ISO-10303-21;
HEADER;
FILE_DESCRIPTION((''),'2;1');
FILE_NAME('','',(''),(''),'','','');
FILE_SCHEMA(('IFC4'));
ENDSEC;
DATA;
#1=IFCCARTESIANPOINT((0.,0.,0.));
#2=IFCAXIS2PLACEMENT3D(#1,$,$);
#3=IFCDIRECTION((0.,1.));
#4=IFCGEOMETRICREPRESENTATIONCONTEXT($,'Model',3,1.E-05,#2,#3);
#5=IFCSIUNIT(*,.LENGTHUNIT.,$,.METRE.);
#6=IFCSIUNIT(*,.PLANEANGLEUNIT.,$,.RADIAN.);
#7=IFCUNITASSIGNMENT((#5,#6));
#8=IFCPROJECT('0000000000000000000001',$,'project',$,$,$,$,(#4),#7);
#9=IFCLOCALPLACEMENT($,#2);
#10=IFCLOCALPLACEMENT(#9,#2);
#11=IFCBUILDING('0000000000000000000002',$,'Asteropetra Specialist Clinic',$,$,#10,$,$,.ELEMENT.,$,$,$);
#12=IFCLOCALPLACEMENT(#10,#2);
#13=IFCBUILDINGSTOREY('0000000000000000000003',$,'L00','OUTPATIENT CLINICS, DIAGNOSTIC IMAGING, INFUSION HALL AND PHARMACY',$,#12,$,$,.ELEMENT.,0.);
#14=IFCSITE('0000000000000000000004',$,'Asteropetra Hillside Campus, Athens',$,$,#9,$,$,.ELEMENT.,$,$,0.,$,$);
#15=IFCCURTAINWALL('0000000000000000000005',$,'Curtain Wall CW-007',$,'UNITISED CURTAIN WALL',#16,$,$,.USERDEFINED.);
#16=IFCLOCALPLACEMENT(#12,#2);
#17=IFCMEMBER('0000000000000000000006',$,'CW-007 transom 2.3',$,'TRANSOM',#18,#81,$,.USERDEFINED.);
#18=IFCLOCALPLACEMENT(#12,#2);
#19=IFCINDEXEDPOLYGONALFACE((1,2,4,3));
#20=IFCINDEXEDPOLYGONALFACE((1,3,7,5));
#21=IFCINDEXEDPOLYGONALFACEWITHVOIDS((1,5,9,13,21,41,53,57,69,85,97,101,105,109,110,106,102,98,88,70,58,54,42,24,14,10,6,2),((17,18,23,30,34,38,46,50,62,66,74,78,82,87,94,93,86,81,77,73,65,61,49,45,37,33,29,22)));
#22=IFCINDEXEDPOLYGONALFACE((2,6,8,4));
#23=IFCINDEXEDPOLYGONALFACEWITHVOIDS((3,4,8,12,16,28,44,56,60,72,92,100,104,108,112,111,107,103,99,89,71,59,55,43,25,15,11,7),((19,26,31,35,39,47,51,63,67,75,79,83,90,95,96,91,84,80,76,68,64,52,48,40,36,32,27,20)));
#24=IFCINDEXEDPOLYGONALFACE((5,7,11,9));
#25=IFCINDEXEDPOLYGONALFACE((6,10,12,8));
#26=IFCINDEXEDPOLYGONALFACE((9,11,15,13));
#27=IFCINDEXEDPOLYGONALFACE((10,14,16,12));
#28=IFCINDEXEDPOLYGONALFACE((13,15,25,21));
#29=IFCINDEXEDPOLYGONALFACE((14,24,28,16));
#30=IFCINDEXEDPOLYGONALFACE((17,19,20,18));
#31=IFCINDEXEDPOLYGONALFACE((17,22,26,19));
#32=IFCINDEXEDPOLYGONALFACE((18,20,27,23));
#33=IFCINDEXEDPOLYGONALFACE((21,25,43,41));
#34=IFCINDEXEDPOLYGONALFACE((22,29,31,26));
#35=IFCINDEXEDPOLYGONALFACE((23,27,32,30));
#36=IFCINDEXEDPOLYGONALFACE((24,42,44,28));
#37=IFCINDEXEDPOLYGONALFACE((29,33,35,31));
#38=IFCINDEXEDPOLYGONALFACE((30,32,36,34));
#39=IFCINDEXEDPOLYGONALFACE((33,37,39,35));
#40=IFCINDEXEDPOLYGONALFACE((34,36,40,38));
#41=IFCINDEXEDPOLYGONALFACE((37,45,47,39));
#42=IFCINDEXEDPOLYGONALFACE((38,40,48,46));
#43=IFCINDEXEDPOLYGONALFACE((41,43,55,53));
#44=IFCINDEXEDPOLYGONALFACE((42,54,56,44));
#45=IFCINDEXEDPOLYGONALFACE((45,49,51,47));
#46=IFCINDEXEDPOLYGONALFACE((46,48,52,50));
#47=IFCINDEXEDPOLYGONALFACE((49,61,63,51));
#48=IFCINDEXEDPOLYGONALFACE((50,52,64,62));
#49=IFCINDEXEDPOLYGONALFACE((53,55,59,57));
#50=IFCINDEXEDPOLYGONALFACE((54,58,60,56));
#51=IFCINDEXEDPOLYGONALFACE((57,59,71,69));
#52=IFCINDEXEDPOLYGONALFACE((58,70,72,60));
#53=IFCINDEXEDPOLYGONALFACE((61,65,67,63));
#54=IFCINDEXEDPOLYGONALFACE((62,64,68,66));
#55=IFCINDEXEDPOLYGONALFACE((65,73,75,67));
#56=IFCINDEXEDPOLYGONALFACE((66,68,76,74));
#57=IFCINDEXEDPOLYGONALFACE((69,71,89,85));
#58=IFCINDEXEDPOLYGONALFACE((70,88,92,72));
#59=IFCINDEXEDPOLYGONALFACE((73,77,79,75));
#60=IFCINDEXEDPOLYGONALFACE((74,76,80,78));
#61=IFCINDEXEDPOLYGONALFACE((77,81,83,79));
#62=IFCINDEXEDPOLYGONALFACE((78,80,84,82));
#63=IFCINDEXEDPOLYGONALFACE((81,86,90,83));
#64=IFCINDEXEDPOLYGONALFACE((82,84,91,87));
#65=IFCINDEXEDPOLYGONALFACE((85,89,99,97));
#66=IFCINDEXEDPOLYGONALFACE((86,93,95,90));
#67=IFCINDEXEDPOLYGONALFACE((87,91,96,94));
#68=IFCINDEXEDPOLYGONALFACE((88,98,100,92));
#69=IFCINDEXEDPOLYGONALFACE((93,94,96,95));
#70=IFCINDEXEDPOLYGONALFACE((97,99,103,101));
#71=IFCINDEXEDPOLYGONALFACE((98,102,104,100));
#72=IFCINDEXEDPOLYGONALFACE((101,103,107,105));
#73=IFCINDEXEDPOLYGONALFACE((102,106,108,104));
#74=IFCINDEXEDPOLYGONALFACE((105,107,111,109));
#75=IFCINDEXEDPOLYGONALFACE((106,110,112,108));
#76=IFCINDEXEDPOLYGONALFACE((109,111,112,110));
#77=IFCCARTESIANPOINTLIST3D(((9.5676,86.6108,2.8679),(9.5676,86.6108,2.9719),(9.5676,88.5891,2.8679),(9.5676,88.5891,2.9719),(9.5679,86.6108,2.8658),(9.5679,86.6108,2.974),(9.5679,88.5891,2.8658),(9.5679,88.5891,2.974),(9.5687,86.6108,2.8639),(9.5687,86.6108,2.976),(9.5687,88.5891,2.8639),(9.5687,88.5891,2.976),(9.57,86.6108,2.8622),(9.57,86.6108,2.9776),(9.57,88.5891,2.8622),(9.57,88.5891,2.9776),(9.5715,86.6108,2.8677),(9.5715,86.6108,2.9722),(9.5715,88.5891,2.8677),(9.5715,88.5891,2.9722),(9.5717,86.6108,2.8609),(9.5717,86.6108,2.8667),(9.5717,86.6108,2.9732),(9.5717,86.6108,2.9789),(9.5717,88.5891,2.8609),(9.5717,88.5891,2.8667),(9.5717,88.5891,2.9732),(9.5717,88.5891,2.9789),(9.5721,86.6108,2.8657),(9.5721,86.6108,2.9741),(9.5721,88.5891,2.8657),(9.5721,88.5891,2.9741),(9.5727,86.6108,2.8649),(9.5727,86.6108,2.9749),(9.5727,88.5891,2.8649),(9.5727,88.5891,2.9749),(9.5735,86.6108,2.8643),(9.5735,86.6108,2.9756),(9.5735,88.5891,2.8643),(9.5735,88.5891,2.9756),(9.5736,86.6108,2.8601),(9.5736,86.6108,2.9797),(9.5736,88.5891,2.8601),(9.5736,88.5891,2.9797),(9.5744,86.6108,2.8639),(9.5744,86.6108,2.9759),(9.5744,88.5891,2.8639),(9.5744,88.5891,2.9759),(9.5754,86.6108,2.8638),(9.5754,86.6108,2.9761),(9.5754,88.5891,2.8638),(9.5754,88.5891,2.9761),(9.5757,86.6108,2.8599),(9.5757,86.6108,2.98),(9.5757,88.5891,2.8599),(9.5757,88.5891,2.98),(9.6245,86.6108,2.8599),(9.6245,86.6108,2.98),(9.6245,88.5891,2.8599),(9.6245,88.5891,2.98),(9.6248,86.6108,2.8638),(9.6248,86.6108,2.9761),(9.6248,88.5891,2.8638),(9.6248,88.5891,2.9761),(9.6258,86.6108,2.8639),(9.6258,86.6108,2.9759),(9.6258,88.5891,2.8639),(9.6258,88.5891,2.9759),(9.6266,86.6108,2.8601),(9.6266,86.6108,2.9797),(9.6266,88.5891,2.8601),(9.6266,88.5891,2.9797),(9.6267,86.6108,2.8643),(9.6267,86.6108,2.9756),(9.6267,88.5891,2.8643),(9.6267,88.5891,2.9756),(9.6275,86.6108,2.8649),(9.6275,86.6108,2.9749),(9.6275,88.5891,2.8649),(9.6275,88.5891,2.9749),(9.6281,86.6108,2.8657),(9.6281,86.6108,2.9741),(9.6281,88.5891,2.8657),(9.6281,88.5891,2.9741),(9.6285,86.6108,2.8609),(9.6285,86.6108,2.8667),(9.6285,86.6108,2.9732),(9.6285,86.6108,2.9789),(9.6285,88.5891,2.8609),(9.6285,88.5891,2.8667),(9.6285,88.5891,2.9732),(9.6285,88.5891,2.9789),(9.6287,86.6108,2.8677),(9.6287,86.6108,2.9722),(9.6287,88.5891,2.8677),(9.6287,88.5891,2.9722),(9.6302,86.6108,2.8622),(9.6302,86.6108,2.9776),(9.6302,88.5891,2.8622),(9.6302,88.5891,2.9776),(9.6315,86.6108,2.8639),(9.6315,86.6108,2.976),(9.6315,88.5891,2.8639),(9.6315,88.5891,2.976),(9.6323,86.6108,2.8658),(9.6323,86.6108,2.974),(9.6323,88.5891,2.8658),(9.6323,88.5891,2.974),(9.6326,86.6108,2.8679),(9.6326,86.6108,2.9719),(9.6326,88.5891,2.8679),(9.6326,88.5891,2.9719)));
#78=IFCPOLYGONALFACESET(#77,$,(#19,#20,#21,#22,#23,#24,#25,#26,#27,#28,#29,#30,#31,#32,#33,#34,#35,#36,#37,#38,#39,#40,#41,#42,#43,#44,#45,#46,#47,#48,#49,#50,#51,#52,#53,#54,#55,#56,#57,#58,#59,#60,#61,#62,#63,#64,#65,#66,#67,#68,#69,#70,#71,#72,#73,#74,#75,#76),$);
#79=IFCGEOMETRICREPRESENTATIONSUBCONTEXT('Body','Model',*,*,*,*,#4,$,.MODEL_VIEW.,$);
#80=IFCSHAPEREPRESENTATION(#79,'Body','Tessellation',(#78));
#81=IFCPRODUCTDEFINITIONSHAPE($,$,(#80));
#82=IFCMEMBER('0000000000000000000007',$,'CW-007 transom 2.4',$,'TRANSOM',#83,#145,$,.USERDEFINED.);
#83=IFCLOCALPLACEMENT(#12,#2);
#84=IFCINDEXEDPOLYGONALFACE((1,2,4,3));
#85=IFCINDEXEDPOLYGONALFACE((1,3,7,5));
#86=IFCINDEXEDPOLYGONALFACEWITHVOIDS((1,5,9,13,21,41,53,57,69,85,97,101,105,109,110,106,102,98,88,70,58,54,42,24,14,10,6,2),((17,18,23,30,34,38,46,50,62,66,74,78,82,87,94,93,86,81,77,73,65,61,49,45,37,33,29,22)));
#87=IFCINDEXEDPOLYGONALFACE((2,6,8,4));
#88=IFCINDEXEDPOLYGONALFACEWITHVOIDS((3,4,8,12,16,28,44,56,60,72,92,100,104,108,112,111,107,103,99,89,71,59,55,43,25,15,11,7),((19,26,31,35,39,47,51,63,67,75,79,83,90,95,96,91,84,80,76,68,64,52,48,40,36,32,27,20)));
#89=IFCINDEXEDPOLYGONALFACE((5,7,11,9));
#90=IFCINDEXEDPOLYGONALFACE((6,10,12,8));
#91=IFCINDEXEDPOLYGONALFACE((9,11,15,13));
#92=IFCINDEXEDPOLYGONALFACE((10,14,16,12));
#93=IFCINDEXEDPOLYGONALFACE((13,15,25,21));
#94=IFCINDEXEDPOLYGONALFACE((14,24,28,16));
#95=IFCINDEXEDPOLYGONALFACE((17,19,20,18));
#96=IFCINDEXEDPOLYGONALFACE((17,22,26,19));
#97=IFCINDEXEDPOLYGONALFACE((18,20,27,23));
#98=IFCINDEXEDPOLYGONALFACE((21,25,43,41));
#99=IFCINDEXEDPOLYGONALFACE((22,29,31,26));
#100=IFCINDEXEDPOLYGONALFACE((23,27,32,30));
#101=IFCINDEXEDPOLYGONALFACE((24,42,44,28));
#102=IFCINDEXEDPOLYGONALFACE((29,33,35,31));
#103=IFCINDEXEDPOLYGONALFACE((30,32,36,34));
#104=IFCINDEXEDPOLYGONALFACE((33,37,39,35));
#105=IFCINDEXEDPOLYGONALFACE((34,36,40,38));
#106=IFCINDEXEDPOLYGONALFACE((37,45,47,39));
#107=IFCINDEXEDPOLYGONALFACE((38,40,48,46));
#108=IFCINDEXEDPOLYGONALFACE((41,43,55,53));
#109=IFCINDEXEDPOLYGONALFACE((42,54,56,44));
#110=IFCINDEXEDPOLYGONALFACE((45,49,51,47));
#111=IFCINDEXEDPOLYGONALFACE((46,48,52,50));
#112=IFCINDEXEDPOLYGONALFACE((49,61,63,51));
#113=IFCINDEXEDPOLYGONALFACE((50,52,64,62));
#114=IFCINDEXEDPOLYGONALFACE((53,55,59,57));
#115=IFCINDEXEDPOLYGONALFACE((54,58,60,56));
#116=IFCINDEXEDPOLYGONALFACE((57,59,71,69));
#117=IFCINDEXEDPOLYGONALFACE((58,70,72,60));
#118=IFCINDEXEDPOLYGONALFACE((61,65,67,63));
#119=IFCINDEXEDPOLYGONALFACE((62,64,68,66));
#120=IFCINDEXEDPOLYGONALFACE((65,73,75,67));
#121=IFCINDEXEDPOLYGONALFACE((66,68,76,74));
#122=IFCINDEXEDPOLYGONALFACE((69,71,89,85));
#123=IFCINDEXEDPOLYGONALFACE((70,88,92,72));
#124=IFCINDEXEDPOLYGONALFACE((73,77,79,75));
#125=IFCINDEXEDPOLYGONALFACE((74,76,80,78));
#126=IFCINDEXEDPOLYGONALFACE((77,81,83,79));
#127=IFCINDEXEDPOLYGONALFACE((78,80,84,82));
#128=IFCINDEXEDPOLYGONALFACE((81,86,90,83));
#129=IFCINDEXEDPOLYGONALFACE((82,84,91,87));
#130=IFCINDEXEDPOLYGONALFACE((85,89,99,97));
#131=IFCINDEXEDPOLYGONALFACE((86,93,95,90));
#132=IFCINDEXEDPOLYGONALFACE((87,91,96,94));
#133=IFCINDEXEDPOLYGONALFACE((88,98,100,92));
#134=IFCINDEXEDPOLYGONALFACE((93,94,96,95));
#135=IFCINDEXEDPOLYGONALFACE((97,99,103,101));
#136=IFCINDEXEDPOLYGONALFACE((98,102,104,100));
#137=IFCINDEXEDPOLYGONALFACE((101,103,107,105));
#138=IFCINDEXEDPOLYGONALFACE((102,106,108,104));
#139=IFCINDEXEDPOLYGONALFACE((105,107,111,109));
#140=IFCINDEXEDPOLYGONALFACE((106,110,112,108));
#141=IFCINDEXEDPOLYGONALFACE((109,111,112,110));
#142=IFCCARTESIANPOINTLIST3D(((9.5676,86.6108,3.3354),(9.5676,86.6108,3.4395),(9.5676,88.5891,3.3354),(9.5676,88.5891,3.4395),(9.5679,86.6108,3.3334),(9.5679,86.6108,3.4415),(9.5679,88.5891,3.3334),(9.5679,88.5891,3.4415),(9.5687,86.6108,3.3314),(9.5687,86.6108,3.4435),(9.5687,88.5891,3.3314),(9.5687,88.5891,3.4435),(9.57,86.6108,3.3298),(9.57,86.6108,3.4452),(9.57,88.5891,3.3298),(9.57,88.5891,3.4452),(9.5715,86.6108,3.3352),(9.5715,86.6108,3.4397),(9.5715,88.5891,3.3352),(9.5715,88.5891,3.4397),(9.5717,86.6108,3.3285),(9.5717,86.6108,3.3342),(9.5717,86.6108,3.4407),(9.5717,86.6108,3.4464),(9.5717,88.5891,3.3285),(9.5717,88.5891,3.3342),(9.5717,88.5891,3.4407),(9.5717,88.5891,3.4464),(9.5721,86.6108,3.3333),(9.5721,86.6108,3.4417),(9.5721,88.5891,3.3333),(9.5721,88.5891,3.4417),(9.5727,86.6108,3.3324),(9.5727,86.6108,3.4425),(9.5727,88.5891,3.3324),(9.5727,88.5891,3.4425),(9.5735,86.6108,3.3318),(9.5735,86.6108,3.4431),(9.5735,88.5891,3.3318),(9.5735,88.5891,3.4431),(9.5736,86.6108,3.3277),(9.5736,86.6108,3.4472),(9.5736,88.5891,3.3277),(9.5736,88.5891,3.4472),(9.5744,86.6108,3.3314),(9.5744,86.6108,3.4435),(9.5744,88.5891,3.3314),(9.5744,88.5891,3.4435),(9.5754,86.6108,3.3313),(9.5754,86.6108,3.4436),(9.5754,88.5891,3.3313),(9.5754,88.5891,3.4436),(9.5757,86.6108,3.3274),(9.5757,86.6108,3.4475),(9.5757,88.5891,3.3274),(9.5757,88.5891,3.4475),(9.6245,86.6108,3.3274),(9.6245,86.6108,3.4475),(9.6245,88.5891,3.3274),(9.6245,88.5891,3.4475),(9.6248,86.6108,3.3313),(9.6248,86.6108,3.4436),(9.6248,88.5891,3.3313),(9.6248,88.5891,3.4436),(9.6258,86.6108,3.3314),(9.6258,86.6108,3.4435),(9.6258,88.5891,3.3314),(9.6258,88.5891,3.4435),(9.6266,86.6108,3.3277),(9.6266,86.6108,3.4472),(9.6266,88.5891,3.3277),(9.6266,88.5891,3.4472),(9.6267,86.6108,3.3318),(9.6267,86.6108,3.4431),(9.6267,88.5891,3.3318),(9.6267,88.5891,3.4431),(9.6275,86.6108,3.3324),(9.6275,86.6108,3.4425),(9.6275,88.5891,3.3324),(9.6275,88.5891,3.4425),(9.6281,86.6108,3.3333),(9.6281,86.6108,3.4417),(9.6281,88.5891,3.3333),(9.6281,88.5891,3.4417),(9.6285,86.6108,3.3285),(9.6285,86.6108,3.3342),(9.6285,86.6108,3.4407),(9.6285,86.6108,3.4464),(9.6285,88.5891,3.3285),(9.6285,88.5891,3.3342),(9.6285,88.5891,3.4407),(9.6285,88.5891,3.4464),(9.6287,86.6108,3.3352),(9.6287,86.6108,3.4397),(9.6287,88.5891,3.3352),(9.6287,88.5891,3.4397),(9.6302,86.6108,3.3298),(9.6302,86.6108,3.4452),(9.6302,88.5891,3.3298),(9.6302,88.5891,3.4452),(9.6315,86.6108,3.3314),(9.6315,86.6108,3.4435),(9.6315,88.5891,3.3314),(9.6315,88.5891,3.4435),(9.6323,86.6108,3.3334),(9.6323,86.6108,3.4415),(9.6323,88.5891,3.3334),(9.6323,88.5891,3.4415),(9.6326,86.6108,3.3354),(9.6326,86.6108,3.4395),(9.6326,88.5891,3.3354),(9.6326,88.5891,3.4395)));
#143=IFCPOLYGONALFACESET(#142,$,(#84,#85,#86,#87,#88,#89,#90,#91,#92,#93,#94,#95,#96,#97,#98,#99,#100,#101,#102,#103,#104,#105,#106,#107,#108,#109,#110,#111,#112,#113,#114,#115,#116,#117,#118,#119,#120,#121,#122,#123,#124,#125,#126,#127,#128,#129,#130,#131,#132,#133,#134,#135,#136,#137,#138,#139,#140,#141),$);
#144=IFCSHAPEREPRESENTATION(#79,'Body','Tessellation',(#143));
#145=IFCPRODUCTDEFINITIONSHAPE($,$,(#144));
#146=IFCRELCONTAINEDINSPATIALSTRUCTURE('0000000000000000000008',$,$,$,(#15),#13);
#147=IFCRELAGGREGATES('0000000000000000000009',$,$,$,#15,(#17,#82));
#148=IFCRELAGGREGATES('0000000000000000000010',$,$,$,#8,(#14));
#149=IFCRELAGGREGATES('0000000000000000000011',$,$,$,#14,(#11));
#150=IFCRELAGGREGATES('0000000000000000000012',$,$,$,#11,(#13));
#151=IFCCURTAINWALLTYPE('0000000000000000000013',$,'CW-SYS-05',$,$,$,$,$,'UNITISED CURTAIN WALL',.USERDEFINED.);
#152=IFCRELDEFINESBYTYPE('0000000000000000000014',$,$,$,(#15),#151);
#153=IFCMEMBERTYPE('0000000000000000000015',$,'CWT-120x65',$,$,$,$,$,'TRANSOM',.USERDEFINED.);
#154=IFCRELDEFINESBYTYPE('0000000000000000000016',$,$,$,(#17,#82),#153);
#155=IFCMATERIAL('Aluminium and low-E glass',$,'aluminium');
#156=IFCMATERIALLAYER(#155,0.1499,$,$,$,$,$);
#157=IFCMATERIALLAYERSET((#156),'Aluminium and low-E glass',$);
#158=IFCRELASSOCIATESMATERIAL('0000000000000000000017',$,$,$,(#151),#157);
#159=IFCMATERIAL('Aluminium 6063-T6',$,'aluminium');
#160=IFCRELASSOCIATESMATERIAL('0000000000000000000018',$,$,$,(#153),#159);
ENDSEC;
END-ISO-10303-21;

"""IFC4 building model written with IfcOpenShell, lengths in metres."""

from ifc_helpers import new_model, si_unit, direction, frame, origin, origin_2d, place, context, subcontext, project, spatial, hollow_rectangle, extrude, material, layer, layer_set, material_profile, profile_set, type_object, element, aggregate, save


model = new_model("IFC4")

# Units and contexts
model_context = context("Model", 3, precision=1e-05, world=origin(), true_north=direction((0.0, 1.0)))
body_context = subcontext(model_context, "Body", "Model", "MODEL_VIEW")
ifc_project = project(units=[si_unit("LENGTHUNIT", "METRE"), si_unit("PLANEANGLEUNIT", "RADIAN")], contexts=[model_context])

# Site, building, storey
site_placement = place(None, origin())
site = spatial("IfcSite", under=ifc_project, at=site_placement, Name="Asteropetra Hillside Campus, Athens", CompositionType="ELEMENT", RefElevation=0.0)
building_placement = place(site_placement, origin())
building = spatial("IfcBuilding", under=site, at=building_placement, Name="Asteropetra Specialist Clinic", CompositionType="ELEMENT")
storey_placement = place(building_placement, origin())
storey = spatial("IfcBuildingStorey", under=building, at=storey_placement, Name="L00", Description="OUTPATIENT CLINICS, DIAGNOSTIC IMAGING, INFUSION HALL AND PHARMACY", CompositionType="ELEMENT", Elevation=0.0)

# Curtain wall, members
ifc_material_1 = material(Name="Aluminium and low-E glass", Category="aluminium")
ifc_layer_1 = layer(ifc_material_1, 0.1499)
ifc_layer_set_1 = layer_set([ifc_layer_1], Name="Aluminium and low-E glass")
curtain_wall_type = type_object("IfcCurtainWallType", Name="CW-SYS-05", ElementType="UNITISED CURTAIN WALL", PredefinedType="USERDEFINED", material=ifc_layer_set_1)
curtain_wall_placement = place(storey_placement, origin())
curtain_wall = element("IfcCurtainWall", 1, at=curtain_wall_placement, inside=storey, type_object=curtain_wall_type, Name="Curtain Wall CW-007", ObjectType="UNITISED CURTAIN WALL", PredefinedType="USERDEFINED")
ifc_material_2 = material(Name="Aluminium 6063-T6", Category="aluminium")
ifc_material_profile_1 = material_profile(ifc_material_2, hollow_rectangle(XDim=0.0649, YDim=0.1201, WallThickness=0.0039, InnerFilletRadius=0.0039, OuterFilletRadius=0.0081, at=origin_2d()), Name="TRN 120x65x4.0")
ifc_profile_set_1 = profile_set([ifc_material_profile_1], Name="Aluminium 6063-T6")
member_type_1 = type_object("IfcMemberType", Name="CWT-120x65", ElementType="TRANSOM", PredefinedType="USERDEFINED", material=ifc_profile_set_1)
member_1_placement = place(storey_placement, frame((9.6001, 88.5891, 2.9199), z_axis=(0.0, -1.0, 0.0), x_axis=(1.0, 0.0, 0.0)))
member_1 = element("IfcMember", 2, at=member_1_placement, type_object=member_type_1, Name="CW-007 transom 2.3", ObjectType="TRANSOM", PredefinedType="USERDEFINED", context=body_context, shape_type="SweptSolid", body=[
    extrude(hollow_rectangle(XDim=0.0649, YDim=0.1201, WallThickness=0.0039, InnerFilletRadius=0.0039, OuterFilletRadius=0.0081, at=origin_2d()), origin(), (0.0, 0.0, 1.0), 1.9783),
])
member_2_placement = place(storey_placement, frame((9.6001, 88.5891, 3.3875), z_axis=(0.0, -1.0, 0.0), x_axis=(1.0, 0.0, 0.0)))
member_2 = element("IfcMember", 3, at=member_2_placement, type_object=member_type_1, Name="CW-007 transom 2.4", ObjectType="TRANSOM", PredefinedType="USERDEFINED", context=body_context, shape_type="SweptSolid", body=[
    extrude(hollow_rectangle(XDim=0.0649, YDim=0.1201, WallThickness=0.0039, InnerFilletRadius=0.0039, OuterFilletRadius=0.0081, at=origin_2d()), origin(), (0.0, 0.0, 1.0), 1.9783),
])
aggregate(curtain_wall, [member_1, member_2])

save(model, "model.ifc")
